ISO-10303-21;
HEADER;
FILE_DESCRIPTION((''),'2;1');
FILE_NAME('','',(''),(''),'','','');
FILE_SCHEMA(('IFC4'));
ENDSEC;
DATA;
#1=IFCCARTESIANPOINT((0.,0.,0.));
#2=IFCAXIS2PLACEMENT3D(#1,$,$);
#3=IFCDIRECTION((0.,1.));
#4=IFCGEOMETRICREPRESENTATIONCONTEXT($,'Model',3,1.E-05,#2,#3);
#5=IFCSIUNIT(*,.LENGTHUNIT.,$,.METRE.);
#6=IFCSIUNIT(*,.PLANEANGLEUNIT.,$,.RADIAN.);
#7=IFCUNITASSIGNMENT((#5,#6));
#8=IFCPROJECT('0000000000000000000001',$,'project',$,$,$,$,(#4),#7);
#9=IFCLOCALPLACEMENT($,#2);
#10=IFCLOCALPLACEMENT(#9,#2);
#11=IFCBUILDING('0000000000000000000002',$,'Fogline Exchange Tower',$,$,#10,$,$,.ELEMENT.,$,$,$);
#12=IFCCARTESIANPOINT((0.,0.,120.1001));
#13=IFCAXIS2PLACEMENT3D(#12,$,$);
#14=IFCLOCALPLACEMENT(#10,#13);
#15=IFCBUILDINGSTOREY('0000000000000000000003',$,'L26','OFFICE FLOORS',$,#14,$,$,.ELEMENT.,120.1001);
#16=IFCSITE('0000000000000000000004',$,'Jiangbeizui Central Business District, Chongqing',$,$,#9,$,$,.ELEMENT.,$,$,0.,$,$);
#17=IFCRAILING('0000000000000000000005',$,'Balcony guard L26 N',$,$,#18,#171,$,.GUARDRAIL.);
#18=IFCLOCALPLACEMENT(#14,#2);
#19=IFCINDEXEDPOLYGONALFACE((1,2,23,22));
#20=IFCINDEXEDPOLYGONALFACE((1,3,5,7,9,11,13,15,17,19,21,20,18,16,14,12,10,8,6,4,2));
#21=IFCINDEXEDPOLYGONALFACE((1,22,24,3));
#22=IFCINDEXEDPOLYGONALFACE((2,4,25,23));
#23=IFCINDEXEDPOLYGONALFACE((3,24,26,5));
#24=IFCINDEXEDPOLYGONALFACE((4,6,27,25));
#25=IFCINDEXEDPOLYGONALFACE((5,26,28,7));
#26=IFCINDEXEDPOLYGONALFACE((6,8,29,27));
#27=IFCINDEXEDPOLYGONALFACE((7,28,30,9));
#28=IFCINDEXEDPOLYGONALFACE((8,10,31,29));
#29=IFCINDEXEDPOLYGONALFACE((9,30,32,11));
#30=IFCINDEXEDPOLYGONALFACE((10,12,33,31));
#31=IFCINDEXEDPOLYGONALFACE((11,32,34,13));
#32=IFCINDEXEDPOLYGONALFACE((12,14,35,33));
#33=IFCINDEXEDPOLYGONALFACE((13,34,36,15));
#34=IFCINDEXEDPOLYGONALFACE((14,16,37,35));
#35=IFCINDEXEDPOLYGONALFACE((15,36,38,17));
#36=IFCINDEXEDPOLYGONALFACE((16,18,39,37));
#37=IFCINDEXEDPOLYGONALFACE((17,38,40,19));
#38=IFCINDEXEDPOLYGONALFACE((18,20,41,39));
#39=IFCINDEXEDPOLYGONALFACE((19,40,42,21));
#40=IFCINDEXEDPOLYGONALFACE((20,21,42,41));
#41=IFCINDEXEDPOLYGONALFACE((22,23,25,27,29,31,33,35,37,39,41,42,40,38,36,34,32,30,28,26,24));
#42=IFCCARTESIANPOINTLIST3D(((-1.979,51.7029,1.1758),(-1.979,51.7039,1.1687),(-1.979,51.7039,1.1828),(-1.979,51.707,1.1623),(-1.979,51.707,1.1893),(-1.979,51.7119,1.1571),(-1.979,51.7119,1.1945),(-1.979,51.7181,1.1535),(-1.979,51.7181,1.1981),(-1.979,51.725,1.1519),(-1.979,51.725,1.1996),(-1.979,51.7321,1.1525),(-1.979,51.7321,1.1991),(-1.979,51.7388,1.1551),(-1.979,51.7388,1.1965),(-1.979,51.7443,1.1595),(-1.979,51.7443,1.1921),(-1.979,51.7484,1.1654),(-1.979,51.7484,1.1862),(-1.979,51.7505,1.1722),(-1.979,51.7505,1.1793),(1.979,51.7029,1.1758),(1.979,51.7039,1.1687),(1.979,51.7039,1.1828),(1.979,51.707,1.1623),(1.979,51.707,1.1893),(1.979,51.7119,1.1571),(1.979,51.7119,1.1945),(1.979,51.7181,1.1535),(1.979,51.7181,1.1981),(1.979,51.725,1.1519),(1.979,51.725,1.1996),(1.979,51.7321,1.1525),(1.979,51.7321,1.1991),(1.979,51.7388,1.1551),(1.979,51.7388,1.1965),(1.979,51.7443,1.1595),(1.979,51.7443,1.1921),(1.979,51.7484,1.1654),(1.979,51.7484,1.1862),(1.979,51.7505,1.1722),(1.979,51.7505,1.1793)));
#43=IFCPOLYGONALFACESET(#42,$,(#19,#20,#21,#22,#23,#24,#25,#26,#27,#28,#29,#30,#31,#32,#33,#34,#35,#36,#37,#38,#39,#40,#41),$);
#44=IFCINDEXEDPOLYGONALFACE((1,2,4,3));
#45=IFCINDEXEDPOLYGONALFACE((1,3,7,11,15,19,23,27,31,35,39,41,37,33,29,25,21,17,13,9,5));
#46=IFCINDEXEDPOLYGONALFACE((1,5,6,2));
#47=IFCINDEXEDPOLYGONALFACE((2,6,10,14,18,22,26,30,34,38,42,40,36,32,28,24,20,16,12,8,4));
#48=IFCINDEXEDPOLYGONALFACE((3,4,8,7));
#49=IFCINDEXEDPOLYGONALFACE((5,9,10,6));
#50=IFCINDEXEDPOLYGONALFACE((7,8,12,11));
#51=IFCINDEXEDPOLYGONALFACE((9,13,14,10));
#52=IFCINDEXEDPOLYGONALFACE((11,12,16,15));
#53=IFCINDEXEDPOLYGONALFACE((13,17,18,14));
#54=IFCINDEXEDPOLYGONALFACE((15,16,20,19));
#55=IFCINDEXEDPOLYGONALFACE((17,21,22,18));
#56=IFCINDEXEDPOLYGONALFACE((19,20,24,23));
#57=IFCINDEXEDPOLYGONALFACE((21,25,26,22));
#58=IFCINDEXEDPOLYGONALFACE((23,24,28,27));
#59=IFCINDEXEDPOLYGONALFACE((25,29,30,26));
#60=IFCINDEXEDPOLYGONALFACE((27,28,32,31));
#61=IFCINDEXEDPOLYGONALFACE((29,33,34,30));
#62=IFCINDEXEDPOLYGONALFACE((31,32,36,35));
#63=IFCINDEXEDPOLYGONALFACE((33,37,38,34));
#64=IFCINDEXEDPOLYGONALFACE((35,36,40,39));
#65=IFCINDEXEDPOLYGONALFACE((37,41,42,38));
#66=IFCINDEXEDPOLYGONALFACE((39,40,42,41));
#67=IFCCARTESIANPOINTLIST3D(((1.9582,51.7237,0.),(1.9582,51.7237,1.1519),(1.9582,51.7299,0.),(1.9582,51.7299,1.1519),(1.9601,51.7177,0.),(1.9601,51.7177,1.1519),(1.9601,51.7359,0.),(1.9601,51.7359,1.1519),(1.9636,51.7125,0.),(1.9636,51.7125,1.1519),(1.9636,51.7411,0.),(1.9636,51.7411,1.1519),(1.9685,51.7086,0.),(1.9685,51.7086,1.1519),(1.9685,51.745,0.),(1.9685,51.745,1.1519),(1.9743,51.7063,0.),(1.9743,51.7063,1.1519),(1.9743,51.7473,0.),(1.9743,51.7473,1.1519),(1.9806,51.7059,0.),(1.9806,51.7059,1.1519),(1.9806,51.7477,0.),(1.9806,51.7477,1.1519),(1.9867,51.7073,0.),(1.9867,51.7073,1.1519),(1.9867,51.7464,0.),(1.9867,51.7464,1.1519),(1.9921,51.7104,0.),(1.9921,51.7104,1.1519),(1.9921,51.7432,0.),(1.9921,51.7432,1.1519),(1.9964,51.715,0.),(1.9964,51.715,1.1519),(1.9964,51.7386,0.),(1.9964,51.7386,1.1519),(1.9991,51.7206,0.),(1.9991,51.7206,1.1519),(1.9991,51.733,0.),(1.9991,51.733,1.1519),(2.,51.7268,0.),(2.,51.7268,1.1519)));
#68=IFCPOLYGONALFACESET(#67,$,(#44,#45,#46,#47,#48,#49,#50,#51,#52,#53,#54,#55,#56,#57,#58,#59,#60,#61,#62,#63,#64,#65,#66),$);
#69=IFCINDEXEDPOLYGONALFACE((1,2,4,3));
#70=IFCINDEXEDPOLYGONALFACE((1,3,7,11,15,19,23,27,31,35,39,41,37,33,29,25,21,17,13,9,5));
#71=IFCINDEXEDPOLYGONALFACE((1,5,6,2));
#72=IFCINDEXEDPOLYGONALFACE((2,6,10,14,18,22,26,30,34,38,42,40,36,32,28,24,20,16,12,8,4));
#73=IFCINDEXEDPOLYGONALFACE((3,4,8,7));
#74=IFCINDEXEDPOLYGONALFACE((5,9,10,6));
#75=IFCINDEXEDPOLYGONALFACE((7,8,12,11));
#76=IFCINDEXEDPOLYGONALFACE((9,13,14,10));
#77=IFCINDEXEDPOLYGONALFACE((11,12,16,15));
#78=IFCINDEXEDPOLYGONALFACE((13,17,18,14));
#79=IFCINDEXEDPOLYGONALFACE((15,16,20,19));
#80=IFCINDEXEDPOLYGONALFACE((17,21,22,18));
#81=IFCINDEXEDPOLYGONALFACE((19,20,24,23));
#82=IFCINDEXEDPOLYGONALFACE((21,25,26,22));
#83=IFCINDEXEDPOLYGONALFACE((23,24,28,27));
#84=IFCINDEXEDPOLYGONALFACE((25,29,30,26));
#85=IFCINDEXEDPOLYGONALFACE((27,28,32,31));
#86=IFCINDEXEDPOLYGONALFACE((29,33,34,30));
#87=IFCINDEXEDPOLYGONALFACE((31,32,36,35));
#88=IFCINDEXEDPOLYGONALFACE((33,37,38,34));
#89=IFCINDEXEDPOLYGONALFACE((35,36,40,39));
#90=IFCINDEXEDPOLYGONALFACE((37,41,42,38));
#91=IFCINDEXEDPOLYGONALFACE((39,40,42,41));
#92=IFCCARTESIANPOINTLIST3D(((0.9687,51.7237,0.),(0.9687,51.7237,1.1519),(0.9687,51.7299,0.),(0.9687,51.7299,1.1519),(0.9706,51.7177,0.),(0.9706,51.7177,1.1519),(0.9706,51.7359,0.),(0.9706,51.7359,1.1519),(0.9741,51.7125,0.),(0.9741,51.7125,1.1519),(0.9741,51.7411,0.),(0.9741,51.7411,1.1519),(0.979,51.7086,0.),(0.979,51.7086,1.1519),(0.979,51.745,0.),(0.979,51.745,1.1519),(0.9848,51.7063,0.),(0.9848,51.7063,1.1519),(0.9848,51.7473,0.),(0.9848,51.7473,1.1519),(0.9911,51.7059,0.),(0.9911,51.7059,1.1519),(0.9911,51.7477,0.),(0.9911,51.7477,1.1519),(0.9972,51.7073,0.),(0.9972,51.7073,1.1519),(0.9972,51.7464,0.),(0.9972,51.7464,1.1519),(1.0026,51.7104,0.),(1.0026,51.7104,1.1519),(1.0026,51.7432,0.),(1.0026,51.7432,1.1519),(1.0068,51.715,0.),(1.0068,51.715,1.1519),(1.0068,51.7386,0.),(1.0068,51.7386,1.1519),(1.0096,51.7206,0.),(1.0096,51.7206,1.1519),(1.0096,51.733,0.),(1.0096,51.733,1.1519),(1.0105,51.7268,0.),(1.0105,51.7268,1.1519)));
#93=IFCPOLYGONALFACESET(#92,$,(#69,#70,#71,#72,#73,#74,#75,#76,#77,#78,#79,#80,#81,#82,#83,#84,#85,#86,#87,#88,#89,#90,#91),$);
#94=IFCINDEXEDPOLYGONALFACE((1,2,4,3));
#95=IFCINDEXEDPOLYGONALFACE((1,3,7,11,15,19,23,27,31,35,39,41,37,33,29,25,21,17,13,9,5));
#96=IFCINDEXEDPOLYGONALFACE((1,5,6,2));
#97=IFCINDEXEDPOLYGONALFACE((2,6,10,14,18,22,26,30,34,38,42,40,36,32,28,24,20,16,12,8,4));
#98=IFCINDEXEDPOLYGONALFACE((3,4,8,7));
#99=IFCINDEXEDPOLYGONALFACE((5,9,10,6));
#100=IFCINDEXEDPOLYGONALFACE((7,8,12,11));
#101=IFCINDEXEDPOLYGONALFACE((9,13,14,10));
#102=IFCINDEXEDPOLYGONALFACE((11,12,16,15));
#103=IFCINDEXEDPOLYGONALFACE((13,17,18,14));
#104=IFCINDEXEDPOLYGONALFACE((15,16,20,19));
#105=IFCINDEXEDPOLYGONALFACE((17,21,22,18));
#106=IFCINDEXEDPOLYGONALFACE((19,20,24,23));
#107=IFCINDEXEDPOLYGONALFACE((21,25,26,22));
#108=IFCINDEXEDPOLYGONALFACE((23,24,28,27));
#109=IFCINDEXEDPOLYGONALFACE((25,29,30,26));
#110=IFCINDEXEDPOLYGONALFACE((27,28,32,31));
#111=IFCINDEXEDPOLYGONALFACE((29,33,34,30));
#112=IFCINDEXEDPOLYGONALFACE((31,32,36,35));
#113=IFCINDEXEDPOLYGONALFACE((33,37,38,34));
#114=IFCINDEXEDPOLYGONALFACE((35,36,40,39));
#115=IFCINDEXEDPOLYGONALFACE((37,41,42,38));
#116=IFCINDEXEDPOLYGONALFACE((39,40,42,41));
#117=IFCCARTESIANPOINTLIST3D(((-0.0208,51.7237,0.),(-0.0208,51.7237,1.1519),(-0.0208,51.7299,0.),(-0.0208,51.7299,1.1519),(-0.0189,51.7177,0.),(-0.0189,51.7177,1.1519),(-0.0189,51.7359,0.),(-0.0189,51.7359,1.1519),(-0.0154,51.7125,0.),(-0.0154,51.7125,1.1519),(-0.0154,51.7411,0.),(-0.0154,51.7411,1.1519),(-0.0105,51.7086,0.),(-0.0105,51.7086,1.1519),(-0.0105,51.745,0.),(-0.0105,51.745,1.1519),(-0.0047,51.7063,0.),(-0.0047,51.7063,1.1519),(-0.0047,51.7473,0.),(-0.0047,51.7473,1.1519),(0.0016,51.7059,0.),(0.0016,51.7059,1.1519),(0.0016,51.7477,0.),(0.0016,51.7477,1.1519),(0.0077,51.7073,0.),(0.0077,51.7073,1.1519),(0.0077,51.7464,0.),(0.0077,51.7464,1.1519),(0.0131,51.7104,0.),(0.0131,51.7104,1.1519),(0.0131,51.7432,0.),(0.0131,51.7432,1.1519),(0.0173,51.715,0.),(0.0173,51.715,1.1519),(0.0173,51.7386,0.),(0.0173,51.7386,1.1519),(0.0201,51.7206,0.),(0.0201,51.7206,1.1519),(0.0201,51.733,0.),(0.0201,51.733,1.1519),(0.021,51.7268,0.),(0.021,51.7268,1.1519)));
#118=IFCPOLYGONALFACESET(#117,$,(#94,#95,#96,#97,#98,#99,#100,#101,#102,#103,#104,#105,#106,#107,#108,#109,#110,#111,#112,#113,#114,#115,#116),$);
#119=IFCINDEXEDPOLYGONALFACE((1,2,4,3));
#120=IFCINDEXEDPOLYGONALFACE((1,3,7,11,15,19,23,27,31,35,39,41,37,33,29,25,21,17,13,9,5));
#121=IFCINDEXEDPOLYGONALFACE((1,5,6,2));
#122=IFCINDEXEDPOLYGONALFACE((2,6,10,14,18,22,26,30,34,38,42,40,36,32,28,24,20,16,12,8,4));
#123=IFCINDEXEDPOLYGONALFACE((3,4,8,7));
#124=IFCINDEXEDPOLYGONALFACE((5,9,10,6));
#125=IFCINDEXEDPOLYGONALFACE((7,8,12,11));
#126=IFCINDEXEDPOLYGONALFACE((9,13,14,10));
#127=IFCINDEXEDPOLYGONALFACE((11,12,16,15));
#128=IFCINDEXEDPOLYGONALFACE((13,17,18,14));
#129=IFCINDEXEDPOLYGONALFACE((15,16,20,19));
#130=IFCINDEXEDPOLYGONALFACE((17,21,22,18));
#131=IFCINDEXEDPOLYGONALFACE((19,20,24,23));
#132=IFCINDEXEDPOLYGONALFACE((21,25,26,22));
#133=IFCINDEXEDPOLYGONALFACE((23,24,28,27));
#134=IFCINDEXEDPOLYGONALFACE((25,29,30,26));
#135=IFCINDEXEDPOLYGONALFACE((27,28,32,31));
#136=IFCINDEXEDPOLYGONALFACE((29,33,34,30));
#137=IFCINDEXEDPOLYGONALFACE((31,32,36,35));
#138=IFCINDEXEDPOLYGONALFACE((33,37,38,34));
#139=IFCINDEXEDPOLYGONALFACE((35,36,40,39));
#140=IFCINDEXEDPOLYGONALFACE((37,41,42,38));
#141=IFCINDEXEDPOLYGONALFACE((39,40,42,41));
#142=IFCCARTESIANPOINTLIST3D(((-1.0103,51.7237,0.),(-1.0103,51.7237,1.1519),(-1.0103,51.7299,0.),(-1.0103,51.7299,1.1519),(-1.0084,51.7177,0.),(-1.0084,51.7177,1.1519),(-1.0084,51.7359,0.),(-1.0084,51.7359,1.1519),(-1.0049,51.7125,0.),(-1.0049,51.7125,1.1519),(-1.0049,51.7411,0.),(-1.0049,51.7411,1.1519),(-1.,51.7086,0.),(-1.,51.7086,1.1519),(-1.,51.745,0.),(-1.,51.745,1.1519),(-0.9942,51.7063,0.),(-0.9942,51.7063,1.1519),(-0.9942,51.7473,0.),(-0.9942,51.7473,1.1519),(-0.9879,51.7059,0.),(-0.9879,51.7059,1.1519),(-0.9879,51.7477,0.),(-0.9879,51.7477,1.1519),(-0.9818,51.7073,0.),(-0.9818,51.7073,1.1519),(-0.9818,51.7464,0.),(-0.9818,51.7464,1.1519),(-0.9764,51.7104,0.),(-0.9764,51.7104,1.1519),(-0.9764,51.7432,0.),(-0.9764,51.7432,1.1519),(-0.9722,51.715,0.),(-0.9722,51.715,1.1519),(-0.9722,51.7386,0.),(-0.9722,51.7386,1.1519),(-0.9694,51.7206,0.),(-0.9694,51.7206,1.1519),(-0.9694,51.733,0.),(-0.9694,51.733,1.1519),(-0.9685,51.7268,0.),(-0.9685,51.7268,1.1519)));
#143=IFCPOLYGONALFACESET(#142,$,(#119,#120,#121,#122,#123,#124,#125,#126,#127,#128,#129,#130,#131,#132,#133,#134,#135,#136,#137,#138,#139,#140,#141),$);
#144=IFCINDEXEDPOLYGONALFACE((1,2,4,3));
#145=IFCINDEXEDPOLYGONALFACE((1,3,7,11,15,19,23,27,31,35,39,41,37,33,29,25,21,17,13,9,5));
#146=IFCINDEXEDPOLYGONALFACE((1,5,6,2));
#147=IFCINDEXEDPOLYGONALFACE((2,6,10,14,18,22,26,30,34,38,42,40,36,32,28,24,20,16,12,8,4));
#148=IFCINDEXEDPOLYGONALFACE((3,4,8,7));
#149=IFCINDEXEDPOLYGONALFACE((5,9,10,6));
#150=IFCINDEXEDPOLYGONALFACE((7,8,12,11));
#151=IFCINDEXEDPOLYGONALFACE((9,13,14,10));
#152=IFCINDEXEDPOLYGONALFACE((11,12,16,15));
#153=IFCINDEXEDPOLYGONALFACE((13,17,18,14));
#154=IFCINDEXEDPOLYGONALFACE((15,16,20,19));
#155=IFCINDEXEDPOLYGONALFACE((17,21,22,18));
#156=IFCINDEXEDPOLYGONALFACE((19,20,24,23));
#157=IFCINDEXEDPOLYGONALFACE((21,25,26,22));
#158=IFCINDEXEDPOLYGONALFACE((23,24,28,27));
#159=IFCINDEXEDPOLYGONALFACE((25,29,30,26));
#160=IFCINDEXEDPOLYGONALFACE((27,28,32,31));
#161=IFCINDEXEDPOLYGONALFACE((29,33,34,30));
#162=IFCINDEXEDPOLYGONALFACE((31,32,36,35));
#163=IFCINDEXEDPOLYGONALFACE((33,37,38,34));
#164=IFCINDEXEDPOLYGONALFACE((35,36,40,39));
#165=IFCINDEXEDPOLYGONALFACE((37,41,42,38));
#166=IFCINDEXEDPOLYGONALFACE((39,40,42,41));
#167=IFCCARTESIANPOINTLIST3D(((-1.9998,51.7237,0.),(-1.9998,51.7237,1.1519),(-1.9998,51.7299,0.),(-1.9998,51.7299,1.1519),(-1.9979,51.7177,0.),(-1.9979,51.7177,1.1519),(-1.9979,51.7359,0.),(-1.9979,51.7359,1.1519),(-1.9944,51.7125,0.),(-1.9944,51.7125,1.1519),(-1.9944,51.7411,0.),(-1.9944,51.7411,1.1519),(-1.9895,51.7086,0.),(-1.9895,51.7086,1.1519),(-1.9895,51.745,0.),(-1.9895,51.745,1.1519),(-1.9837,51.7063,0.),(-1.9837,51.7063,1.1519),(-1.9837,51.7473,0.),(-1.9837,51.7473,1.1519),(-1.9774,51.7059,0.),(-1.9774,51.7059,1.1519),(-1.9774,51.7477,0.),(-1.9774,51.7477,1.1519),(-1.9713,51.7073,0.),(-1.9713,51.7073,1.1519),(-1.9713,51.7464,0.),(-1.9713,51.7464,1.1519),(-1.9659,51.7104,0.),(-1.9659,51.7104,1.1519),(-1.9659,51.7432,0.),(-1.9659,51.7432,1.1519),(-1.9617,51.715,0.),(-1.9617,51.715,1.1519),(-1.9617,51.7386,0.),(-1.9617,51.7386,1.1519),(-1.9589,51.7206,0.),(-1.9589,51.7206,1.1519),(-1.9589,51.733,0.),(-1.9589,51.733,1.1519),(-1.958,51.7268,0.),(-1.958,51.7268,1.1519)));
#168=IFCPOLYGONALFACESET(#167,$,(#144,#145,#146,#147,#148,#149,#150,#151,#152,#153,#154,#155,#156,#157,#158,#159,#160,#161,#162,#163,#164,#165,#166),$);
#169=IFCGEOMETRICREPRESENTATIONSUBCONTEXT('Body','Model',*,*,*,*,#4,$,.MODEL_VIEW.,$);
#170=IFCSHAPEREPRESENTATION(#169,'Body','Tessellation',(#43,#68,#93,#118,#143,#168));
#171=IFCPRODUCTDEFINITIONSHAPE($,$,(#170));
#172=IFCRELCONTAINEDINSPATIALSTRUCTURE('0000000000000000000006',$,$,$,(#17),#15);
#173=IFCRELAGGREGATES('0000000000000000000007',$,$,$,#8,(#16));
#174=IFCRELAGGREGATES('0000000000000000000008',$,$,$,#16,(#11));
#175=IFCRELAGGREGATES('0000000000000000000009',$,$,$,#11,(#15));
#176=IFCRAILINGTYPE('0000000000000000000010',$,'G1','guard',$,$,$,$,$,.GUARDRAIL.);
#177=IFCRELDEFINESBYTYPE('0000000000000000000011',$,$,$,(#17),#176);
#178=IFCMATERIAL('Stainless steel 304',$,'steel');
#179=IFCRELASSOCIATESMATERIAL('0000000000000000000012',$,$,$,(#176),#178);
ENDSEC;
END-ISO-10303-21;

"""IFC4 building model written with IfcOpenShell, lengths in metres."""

from ifc_helpers import new_model, si_unit, direction, frame, origin, origin_2d, place, context, subcontext, project, spatial, circle, extrude, material, type_object, element, save


model = new_model("IFC4")

# Units and contexts
model_context = context("Model", 3, precision=1e-05, world=origin(), true_north=direction((0.0, 1.0)))
body_context = subcontext(model_context, "Body", "Model", "MODEL_VIEW")
ifc_project = project(units=[si_unit("LENGTHUNIT", "METRE"), si_unit("PLANEANGLEUNIT", "RADIAN")], contexts=[model_context])

# Site, building, storey
site_placement = place(None, origin())
site = spatial("IfcSite", under=ifc_project, at=site_placement, Name="Jiangbeizui Central Business District, Chongqing", CompositionType="ELEMENT", RefElevation=0.0)
building_placement = place(site_placement, origin())
building = spatial("IfcBuilding", under=site, at=building_placement, Name="Fogline Exchange Tower", CompositionType="ELEMENT")
storey_placement = place(building_placement, frame((0.0, 0.0, 120.1001)))
storey = spatial("IfcBuildingStorey", under=building, at=storey_placement, Name="L26", Description="OFFICE FLOORS", CompositionType="ELEMENT", Elevation=120.1001)

# Railing
ifc_material_1 = material(Name="Stainless steel 304", Category="steel")
railing_type = type_object("IfcRailingType", Name="G1", Description="guard", PredefinedType="GUARDRAIL", material=ifc_material_1)
railing_placement = place(storey_placement, frame((1.979, 51.7268, 0.0)))
element("IfcRailing", 1, at=railing_placement, inside=storey, type_object=railing_type, Name="Balcony guard L26 N", PredefinedType="GUARDRAIL", context=body_context, shape_type="SweptSolid", body=[
    extrude(circle(Radius=0.0239, at=origin_2d()), frame((0.0, 0.0, 1.1758), z_axis=(-1.0, 0.0, 0.0), x_axis=(0.0, -1.0, 0.0)), (0.0, 0.0, 1.0), 3.958),
    extrude(circle(Radius=0.021, at=origin_2d()), origin(), (0.0, 0.0, 1.0), 1.1519),
    extrude(circle(Radius=0.021, at=origin_2d()), frame((-0.9895, 0.0, 0.0)), (0.0, 0.0, 1.0), 1.1519),
    extrude(circle(Radius=0.021, at=origin_2d()), frame((-1.979, 0.0, 0.0)), (0.0, 0.0, 1.0), 1.1519),
    extrude(circle(Radius=0.021, at=origin_2d()), frame((-2.9685, 0.0, 0.0)), (0.0, 0.0, 1.0), 1.1519),
    extrude(circle(Radius=0.021, at=origin_2d()), frame((-3.958, 0.0, 0.0)), (0.0, 0.0, 1.0), 1.1519),
])

save(model, "model.ifc")
